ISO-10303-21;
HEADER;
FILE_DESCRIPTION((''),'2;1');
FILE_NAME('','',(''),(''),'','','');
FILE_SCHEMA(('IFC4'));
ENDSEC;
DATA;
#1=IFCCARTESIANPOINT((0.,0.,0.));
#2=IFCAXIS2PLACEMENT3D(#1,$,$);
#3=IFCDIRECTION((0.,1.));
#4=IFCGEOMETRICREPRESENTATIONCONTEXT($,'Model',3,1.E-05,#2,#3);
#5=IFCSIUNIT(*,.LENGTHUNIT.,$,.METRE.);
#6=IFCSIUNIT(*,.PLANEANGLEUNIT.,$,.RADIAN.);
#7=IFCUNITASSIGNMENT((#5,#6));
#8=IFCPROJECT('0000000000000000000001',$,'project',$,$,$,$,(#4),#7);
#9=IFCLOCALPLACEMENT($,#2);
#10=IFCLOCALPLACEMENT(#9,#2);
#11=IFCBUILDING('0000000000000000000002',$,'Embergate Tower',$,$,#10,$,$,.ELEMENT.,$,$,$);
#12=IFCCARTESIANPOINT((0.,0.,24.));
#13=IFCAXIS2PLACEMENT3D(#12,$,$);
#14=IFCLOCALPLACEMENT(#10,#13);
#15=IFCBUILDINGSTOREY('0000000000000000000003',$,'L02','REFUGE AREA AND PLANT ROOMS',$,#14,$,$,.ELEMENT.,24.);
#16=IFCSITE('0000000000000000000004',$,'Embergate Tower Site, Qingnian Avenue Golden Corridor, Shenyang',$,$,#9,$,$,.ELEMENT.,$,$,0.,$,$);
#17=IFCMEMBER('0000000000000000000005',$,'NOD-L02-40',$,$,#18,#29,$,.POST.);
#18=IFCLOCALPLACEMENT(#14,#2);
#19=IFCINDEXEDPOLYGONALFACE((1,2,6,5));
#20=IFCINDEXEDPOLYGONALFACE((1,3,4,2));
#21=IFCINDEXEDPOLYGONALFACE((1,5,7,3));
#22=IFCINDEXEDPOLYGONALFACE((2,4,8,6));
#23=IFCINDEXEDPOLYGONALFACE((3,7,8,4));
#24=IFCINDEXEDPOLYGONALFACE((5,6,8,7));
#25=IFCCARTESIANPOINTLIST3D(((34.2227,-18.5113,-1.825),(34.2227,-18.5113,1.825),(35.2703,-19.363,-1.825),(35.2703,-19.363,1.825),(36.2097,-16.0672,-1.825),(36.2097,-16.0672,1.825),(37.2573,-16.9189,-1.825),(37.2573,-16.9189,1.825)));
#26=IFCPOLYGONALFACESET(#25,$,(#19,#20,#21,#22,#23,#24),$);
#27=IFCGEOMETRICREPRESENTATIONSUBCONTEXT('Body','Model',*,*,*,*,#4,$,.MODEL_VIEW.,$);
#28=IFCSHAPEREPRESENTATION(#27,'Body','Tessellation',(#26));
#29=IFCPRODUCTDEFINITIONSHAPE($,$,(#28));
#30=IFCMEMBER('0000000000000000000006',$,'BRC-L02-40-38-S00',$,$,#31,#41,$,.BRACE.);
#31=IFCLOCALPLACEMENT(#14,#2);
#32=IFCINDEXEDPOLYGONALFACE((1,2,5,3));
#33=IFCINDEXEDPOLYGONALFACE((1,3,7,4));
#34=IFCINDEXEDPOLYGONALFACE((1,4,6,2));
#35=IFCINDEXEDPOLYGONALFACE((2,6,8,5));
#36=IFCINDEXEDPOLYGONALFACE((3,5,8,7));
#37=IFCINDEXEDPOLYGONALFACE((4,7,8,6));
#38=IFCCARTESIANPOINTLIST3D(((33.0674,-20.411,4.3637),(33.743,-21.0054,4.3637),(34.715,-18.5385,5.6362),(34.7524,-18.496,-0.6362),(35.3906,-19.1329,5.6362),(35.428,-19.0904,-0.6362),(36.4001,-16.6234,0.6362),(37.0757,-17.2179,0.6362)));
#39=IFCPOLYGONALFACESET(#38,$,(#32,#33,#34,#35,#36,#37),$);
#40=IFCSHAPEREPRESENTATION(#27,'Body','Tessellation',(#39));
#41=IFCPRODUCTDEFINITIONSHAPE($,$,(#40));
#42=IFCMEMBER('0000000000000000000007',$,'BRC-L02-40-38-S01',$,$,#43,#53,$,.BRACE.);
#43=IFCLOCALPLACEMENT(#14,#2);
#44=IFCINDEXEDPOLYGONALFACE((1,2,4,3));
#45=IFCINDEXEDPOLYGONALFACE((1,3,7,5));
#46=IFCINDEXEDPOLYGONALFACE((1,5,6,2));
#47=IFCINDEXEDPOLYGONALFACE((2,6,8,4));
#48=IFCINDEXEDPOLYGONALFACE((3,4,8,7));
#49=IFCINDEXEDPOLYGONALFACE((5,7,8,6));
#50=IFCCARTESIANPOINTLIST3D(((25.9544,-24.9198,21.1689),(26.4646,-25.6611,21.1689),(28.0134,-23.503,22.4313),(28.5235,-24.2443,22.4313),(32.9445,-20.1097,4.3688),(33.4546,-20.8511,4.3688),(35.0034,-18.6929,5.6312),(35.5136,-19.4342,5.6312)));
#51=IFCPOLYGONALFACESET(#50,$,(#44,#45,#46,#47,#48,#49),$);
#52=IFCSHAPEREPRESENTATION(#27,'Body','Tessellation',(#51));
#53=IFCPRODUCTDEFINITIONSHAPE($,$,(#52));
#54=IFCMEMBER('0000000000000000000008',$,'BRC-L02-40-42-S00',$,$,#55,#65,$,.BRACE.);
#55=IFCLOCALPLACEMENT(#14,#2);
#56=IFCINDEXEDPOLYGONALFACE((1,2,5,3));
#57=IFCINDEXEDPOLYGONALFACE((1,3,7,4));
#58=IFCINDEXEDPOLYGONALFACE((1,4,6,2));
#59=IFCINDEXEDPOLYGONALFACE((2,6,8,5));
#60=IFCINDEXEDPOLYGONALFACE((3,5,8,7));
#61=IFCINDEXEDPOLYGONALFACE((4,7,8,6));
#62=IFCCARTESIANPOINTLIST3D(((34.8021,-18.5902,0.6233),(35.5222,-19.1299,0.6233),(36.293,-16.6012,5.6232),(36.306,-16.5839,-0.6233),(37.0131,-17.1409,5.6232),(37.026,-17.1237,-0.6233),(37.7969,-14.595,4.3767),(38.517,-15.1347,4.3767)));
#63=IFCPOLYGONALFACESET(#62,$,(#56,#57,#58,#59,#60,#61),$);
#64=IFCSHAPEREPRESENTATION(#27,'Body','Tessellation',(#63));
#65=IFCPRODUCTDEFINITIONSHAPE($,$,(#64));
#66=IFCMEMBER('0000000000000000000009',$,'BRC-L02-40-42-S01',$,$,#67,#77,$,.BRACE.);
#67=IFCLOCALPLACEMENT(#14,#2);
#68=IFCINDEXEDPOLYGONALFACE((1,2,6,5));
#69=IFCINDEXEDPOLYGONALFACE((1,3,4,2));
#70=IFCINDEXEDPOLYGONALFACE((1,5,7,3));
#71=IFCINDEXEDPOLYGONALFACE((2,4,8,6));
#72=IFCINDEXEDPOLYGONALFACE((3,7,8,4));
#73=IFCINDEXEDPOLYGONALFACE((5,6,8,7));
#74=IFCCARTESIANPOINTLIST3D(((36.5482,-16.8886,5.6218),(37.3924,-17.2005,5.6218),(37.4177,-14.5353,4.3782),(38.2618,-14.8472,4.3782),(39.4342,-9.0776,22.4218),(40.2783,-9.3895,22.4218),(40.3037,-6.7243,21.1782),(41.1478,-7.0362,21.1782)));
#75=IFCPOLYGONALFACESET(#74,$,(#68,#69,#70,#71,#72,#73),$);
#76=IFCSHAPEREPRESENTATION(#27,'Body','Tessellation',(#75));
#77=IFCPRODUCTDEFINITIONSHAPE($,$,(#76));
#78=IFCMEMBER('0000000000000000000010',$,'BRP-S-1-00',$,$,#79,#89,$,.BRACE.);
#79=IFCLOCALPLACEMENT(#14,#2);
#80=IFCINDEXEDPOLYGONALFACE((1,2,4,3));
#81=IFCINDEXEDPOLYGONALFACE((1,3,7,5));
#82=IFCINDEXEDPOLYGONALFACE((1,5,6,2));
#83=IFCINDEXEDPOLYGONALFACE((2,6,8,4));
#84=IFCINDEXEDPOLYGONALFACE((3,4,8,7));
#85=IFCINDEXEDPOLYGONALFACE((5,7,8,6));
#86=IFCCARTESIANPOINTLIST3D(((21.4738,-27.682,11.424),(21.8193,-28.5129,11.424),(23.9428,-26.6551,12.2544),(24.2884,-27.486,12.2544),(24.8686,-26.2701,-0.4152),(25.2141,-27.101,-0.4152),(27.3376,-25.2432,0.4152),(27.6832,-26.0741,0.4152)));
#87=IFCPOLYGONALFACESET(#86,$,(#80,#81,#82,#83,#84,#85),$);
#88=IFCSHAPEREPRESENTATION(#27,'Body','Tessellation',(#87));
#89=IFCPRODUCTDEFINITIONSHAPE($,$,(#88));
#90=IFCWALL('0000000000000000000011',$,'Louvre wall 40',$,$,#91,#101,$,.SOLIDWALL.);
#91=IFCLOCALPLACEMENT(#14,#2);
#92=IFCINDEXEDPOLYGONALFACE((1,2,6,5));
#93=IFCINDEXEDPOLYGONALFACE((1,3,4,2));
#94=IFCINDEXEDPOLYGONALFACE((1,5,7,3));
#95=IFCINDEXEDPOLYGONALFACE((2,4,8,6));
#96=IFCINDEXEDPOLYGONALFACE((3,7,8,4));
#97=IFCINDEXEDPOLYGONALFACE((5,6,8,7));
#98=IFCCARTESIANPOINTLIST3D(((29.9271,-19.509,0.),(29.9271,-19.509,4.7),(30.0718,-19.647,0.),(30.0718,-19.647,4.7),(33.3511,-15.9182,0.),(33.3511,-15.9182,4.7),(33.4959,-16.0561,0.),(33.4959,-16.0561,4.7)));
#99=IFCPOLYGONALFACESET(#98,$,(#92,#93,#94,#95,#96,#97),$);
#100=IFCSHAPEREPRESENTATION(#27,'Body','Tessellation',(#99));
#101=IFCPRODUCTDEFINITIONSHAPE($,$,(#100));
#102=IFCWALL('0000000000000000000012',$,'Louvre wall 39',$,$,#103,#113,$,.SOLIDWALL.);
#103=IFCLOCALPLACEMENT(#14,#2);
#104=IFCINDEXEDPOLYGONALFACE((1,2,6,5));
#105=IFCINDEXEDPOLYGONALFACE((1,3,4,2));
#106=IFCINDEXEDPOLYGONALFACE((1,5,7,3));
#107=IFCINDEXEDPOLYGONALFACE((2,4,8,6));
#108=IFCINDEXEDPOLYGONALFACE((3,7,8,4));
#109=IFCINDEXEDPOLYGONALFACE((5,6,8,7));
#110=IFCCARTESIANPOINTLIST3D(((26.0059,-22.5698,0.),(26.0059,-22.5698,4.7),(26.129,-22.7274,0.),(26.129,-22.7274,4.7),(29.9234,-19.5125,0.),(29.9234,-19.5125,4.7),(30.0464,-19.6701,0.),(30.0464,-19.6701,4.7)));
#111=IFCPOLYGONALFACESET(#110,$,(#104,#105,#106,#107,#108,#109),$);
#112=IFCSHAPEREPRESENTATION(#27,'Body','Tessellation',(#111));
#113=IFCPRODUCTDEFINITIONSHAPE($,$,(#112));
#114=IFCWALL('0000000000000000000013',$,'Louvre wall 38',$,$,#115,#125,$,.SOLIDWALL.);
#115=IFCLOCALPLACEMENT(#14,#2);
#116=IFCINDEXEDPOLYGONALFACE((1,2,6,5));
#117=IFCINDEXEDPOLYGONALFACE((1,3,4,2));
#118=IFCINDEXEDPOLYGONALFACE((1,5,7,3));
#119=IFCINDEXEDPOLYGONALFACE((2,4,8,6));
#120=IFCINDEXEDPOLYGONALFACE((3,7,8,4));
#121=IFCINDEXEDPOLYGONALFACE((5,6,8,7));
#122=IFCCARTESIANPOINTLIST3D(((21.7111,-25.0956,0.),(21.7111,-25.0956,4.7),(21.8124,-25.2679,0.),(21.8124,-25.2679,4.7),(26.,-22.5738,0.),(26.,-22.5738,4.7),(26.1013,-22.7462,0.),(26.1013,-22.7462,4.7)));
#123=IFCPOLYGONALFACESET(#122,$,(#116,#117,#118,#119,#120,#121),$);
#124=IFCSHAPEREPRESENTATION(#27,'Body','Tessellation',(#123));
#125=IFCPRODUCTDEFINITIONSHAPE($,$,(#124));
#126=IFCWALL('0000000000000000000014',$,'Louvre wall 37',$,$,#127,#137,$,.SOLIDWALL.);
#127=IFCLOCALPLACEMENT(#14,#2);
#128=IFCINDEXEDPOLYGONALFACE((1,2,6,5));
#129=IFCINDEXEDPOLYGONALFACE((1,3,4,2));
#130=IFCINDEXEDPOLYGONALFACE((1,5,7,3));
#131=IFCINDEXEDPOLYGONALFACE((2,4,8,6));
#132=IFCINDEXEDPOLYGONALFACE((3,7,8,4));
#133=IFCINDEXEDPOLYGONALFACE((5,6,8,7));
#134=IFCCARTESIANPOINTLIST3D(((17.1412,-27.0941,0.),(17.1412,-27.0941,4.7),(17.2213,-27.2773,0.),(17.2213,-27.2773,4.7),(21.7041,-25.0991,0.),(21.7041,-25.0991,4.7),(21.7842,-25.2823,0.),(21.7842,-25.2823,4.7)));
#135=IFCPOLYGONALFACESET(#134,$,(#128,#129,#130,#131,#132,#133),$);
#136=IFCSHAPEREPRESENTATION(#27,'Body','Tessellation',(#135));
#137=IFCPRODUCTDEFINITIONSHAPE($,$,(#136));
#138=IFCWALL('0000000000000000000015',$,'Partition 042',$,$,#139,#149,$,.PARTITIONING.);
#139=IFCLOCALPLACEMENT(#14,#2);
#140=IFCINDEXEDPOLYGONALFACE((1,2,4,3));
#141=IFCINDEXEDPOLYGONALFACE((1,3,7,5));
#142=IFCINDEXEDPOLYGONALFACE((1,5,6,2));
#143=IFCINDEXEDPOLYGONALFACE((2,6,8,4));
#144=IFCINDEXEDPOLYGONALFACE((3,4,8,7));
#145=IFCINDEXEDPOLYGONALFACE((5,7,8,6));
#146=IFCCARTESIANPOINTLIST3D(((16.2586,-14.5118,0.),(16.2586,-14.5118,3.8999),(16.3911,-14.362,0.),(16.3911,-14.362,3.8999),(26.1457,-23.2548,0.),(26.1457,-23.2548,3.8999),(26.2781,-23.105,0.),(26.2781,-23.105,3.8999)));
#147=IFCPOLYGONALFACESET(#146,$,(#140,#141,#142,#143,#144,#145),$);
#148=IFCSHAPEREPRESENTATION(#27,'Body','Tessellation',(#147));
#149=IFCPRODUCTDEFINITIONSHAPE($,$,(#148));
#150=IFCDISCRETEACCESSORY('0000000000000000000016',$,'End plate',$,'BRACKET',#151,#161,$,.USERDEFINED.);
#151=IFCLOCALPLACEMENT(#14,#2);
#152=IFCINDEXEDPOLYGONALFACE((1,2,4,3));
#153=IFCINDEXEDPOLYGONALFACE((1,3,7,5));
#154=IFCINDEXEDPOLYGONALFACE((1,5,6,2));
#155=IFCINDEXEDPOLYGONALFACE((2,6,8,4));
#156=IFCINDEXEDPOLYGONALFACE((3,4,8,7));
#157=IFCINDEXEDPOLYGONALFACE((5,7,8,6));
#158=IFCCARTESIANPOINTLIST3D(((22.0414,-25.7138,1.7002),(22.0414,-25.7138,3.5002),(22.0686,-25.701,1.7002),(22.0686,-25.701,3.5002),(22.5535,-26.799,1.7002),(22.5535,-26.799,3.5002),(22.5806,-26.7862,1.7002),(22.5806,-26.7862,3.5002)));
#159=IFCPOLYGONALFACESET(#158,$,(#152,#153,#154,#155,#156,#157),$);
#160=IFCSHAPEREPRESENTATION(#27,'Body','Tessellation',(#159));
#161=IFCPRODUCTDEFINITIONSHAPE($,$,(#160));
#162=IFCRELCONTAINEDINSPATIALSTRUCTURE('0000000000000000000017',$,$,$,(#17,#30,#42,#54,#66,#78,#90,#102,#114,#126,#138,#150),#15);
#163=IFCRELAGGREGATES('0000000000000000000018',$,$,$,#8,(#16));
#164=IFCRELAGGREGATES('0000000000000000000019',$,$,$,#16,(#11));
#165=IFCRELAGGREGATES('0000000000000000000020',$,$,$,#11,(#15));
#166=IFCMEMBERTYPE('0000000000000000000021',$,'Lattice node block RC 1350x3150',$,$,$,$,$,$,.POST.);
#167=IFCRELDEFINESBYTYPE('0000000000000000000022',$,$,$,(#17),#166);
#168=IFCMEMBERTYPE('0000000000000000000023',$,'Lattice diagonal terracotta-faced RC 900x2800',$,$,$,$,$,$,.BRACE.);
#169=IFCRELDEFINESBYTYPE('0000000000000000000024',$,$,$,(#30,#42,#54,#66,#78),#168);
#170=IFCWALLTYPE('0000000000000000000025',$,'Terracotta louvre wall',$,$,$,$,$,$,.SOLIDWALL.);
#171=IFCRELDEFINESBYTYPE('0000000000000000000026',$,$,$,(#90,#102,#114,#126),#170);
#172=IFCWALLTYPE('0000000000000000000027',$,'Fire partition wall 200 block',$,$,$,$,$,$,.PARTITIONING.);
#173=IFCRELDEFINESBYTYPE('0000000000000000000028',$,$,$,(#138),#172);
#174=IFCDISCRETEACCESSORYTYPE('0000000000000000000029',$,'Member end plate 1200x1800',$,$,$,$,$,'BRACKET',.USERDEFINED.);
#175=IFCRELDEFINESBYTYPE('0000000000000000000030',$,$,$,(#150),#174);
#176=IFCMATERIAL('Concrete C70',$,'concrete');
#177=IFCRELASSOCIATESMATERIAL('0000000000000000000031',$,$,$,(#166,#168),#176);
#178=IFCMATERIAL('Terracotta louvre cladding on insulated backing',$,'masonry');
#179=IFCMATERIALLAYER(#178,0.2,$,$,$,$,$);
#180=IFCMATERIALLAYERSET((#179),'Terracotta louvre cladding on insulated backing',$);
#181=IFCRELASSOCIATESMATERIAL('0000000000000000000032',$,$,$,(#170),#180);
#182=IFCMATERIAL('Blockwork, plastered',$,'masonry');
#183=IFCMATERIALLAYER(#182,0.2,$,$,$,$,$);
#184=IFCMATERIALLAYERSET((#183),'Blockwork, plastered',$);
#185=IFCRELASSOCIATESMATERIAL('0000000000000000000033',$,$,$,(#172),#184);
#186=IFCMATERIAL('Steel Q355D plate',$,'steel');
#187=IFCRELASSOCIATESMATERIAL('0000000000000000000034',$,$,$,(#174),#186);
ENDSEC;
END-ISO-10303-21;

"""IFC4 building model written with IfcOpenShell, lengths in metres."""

from ifc_helpers import new_model, si_unit, direction, frame, frame_2d, origin, origin_2d, place, context, subcontext, project, spatial, rectangle, extrude, source, transform, mapped, material, layer, layer_set, material_profile, profile_set, type_object, element, save


model = new_model("IFC4")

# Units and contexts
model_context = context("Model", 3, precision=1e-05, world=origin(), true_north=direction((0.0, 1.0)))
body_context = subcontext(model_context, "Body", "Model", "MODEL_VIEW")
ifc_project = project(units=[si_unit("LENGTHUNIT", "METRE"), si_unit("PLANEANGLEUNIT", "RADIAN")], contexts=[model_context])

# Site, building, storey
site_placement = place(None, origin())
site = spatial("IfcSite", under=ifc_project, at=site_placement, Name="Embergate Tower Site, Qingnian Avenue Golden Corridor, Shenyang", CompositionType="ELEMENT", RefElevation=0.0)
building_placement = place(site_placement, origin())
building = spatial("IfcBuilding", under=site, at=building_placement, Name="Embergate Tower", CompositionType="ELEMENT")
storey_placement = place(building_placement, frame((0.0, 0.0, 24.0)))
storey = spatial("IfcBuildingStorey", under=building, at=storey_placement, Name="L02", Description="REFUGE AREA AND PLANT ROOMS", CompositionType="ELEMENT", Elevation=24.0)

# Shared definitions
ifc_material_1 = material(Name="Concrete C70", Category="concrete")

# Members
ifc_material_profile_1 = material_profile(ifc_material_1, rectangle(XDim=1.3501, YDim=3.1499, at=origin_2d()), Name="RC 1350x3150")
ifc_profile_set_1 = profile_set([ifc_material_profile_1], Name="Concrete C70")
member_type_1 = type_object("IfcMemberType", Name="Lattice node block RC 1350x3150", PredefinedType="POST", material=ifc_profile_set_1)
shared_shape_1 = source(origin(), body_context, "Body", "SweptSolid", [
    extrude(rectangle(XDim=1.3501, YDim=3.1499, at=origin_2d()), origin(), (0.0, 0.0, 1.0), 3.6499),
])
member_1_placement = place(storey_placement, frame((35.74, -17.7151, -1.825), z_axis=(0.0, 0.0, 1.0), x_axis=(0.775925, -0.630825, 0.0)))
element("IfcMember", 1, at=member_1_placement, inside=storey, type_object=member_type_1, Name="NOD-L02-40", PredefinedType="POST", context=body_context, shape_type="MappedRepresentation", body=[
    mapped(shared_shape_1, transform((0.0, 0.0, 0.0))),
])
ifc_material_profile_2 = material_profile(ifc_material_1, rectangle(XDim=0.8999, YDim=2.8, at=origin_2d()), Name="RC 900x2800")
ifc_profile_set_2 = profile_set([ifc_material_profile_2], Name="Concrete C70")
member_type_2 = type_object("IfcMemberType", Name="Lattice diagonal terracotta-faced RC 900x2800", PredefinedType="BRACE", material=ifc_profile_set_2)
shared_shape_2 = source(origin(), body_context, "Body", "SweptSolid", [
    extrude(rectangle(XDim=0.8999, YDim=2.8, at=origin_2d()), origin(), (0.0, 0.0, 1.0), 5.613),
])
member_2_placement = place(storey_placement, frame((35.9141, -17.8569, 0.0), z_axis=(-0.300202, -0.341174, 0.890775), x_axis=(0.750748, -0.660589, 0.0)))
element("IfcMember", 2, at=member_2_placement, inside=storey, type_object=member_type_2, Name="BRC-L02-40-38-S00", PredefinedType="BRACE", context=body_context, shape_type="MappedRepresentation", body=[
    mapped(shared_shape_2, transform((0.0, 0.0, 0.0))),
])
shared_shape_3 = source(origin(), body_context, "Body", "SweptSolid", [
    extrude(rectangle(XDim=0.8999, YDim=2.8, at=origin_2d()), origin(), (0.0, 0.0, 1.0), 18.8213),
])
member_3_placement = place(storey_placement, frame((34.229, -19.772, 5.0), z_axis=(-0.371389, -0.255566, 0.892612), x_axis=(0.566884, -0.823798, 0.0)))
element("IfcMember", 3, at=member_3_placement, inside=storey, type_object=member_type_2, Name="BRC-L02-40-38-S01", PredefinedType="BRACE", context=body_context, shape_type="MappedRepresentation", body=[
    mapped(shared_shape_3, transform((0.0, 0.0, 0.0))),
])
shared_shape_4 = source(origin(), body_context, "Body", "SweptSolid", [
    extrude(rectangle(XDim=0.8999, YDim=2.8, at=origin_2d()), origin(), (0.0, 0.0, 1.0), 5.5837),
])
member_4_placement = place(storey_placement, frame((35.9141, -17.8569, 0.0), z_axis=(0.267015, 0.35621, 0.895443), x_axis=(-0.800153, 0.599796, 0.0)))
element("IfcMember", 4, at=member_4_placement, inside=storey, type_object=member_type_2, Name="BRC-L02-40-42-S00", PredefinedType="BRACE", context=body_context, shape_type="MappedRepresentation", body=[
    mapped(shared_shape_4, transform((0.0, 0.0, 0.0))),
])
shared_shape_5 = source(origin(), body_context, "Body", "SweptSolid", [
    extrude(rectangle(XDim=0.8999, YDim=2.8, at=origin_2d()), origin(), (0.0, 0.0, 1.0), 18.7505),
])
member_5_placement = place(storey_placement, frame((37.405, -15.8679, 5.0), z_axis=(0.153915, 0.416576, 0.895977), x_axis=(-0.938022, 0.346576, 0.0)))
element("IfcMember", 5, at=member_5_placement, inside=storey, type_object=member_type_2, Name="BRC-L02-40-42-S01", PredefinedType="BRACE", context=body_context, shape_type="MappedRepresentation", body=[
    mapped(shared_shape_5, transform((0.0, 0.0, 0.0))),
])
shared_shape_6 = source(origin(), body_context, "Body", "SweptSolid", [
    extrude(rectangle(XDim=0.8999, YDim=2.8, at=origin_2d()), origin(), (0.0, 0.0, 1.0), 12.397),
])
member_6_placement = place(storey_placement, frame((26.2759, -26.1721, 0.0), z_axis=(-0.273841, -0.113889, 0.955008), x_axis=(0.384007, -0.92333, 0.0)))
element("IfcMember", 6, at=member_6_placement, inside=storey, type_object=member_type_2, Name="BRP-S-1-00", PredefinedType="BRACE", context=body_context, shape_type="MappedRepresentation", body=[
    mapped(shared_shape_6, transform((0.0, 0.0, 0.0))),
])

# Walls
ifc_material_2 = material(Name="Terracotta louvre cladding on insulated backing", Category="masonry")
ifc_layer_1 = layer(ifc_material_2, 0.2)
ifc_layer_set_1 = layer_set([ifc_layer_1], Name="Terracotta louvre cladding on insulated backing")
wall_type_1 = type_object("IfcWallType", Name="Terracotta louvre wall", PredefinedType="SOLIDWALL", material=ifc_layer_set_1)
shared_shape_7 = source(origin(), body_context, "Body", "SweptSolid", [
    extrude(rectangle(XDim=4.9617, YDim=0.2, at=frame_2d((2.481, 0.0))), origin(), (0.0, 0.0, 1.0), 4.7),
])
wall_1_placement = place(storey_placement, frame((33.4236, -15.9871, 0.0), z_axis=(0.0, 0.0, 1.0), x_axis=(-0.690104, -0.723711, 0.0)))
element("IfcWall", 7, at=wall_1_placement, inside=storey, type_object=wall_type_1, Name="Louvre wall 40", PredefinedType="SOLIDWALL", context=body_context, shape_type="MappedRepresentation", body=[
    mapped(shared_shape_7, transform((0.0, 0.0, 0.0))),
])
shared_shape_8 = source(origin(), body_context, "Body", "SweptSolid", [
    extrude(rectangle(XDim=4.9692, YDim=0.2, at=frame_2d((2.4846, 0.0))), origin(), (0.0, 0.0, 1.0), 4.7),
])
wall_2_placement = place(storey_placement, frame((29.9849, -19.5913, 0.0), z_axis=(0.0, 0.0, 1.0), x_axis=(-0.788333, -0.615249, 0.0)))
element("IfcWall", 8, at=wall_2_placement, inside=storey, type_object=wall_type_1, Name="Louvre wall 39", PredefinedType="SOLIDWALL", context=body_context, shape_type="MappedRepresentation", body=[
    mapped(shared_shape_8, transform((0.0, 0.0, 0.0))),
])
shared_shape_9 = source(origin(), body_context, "Body", "SweptSolid", [
    extrude(rectangle(XDim=4.9753, YDim=0.2, at=frame_2d((2.4878, 0.0))), origin(), (0.0, 0.0, 1.0), 4.7),
])
wall_3_placement = place(storey_placement, frame((26.0508, -22.6599, 0.0), z_axis=(0.0, 0.0, 1.0), x_axis=(-0.862031, -0.506855, 0.0)))
element("IfcWall", 9, at=wall_3_placement, inside=storey, type_object=wall_type_1, Name="Louvre wall 38", PredefinedType="SOLIDWALL", context=body_context, shape_type="MappedRepresentation", body=[
    mapped(shared_shape_9, transform((0.0, 0.0, 0.0))),
])
shared_shape_10 = source(origin(), body_context, "Body", "SweptSolid", [
    extrude(rectangle(XDim=4.98, YDim=0.2, at=frame_2d((2.49, 0.0))), origin(), (0.0, 0.0, 1.0), 4.7),
])
wall_4_placement = place(storey_placement, frame((21.7441, -25.1907, 0.0), z_axis=(0.0, 0.0, 1.0), x_axis=(-0.916245, -0.400618, 0.0)))
element("IfcWall", 10, at=wall_4_placement, inside=storey, type_object=wall_type_1, Name="Louvre wall 37", PredefinedType="SOLIDWALL", context=body_context, shape_type="MappedRepresentation", body=[
    mapped(shared_shape_10, transform((0.0, 0.0, 0.0))),
])
ifc_material_3 = material(Name="Blockwork, plastered", Category="masonry")
ifc_layer_2 = layer(ifc_material_3, 0.2)
ifc_layer_set_2 = layer_set([ifc_layer_2], Name="Blockwork, plastered")
wall_type_2 = type_object("IfcWallType", Name="Fire partition wall 200 block", PredefinedType="PARTITIONING", material=ifc_layer_set_2)
shared_shape_11 = source(origin(), body_context, "Body", "SweptSolid", [
    extrude(rectangle(XDim=13.1982, YDim=0.2, at=frame_2d((6.5991, 0.0))), origin(), (0.0, 0.0, 1.0), 3.8999),
])
wall_5_placement = place(storey_placement, frame((26.2119, -23.1799, 0.0), z_axis=(0.0, 0.0, 1.0), x_axis=(-0.749118, 0.662436, 0.0)))
element("IfcWall", 11, at=wall_5_placement, inside=storey, type_object=wall_type_2, Name="Partition 042", PredefinedType="PARTITIONING", context=body_context, shape_type="MappedRepresentation", body=[
    mapped(shared_shape_11, transform((0.0, 0.0, 0.0))),
])

# Discrete accessory
ifc_material_4 = material(Name="Steel Q355D plate", Category="steel")
discrete_accessory_type_1 = type_object("IfcDiscreteAccessoryType", Name="Member end plate 1200x1800", ElementType="BRACKET", PredefinedType="USERDEFINED", material=ifc_material_4)
shared_shape_12 = source(origin(), body_context, "Body", "SweptSolid", [
    extrude(rectangle(XDim=0.03, YDim=1.2, at=origin_2d()), origin(), (0.0, 0.0, 1.0), 1.8),
])
discrete_accessory_1_placement = place(storey_placement, frame((22.311, -26.25, 1.7002), z_axis=(0.0, 0.0, 1.0), x_axis=(0.904373, 0.426742, 0.0)))
element("IfcDiscreteAccessory", 12, at=discrete_accessory_1_placement, inside=storey, type_object=discrete_accessory_type_1, Name="End plate", ObjectType="BRACKET", PredefinedType="USERDEFINED", context=body_context, shape_type="MappedRepresentation", body=[
    mapped(shared_shape_12, transform((0.0, 0.0, 0.0))),
])

save(model, "model.ifc")
